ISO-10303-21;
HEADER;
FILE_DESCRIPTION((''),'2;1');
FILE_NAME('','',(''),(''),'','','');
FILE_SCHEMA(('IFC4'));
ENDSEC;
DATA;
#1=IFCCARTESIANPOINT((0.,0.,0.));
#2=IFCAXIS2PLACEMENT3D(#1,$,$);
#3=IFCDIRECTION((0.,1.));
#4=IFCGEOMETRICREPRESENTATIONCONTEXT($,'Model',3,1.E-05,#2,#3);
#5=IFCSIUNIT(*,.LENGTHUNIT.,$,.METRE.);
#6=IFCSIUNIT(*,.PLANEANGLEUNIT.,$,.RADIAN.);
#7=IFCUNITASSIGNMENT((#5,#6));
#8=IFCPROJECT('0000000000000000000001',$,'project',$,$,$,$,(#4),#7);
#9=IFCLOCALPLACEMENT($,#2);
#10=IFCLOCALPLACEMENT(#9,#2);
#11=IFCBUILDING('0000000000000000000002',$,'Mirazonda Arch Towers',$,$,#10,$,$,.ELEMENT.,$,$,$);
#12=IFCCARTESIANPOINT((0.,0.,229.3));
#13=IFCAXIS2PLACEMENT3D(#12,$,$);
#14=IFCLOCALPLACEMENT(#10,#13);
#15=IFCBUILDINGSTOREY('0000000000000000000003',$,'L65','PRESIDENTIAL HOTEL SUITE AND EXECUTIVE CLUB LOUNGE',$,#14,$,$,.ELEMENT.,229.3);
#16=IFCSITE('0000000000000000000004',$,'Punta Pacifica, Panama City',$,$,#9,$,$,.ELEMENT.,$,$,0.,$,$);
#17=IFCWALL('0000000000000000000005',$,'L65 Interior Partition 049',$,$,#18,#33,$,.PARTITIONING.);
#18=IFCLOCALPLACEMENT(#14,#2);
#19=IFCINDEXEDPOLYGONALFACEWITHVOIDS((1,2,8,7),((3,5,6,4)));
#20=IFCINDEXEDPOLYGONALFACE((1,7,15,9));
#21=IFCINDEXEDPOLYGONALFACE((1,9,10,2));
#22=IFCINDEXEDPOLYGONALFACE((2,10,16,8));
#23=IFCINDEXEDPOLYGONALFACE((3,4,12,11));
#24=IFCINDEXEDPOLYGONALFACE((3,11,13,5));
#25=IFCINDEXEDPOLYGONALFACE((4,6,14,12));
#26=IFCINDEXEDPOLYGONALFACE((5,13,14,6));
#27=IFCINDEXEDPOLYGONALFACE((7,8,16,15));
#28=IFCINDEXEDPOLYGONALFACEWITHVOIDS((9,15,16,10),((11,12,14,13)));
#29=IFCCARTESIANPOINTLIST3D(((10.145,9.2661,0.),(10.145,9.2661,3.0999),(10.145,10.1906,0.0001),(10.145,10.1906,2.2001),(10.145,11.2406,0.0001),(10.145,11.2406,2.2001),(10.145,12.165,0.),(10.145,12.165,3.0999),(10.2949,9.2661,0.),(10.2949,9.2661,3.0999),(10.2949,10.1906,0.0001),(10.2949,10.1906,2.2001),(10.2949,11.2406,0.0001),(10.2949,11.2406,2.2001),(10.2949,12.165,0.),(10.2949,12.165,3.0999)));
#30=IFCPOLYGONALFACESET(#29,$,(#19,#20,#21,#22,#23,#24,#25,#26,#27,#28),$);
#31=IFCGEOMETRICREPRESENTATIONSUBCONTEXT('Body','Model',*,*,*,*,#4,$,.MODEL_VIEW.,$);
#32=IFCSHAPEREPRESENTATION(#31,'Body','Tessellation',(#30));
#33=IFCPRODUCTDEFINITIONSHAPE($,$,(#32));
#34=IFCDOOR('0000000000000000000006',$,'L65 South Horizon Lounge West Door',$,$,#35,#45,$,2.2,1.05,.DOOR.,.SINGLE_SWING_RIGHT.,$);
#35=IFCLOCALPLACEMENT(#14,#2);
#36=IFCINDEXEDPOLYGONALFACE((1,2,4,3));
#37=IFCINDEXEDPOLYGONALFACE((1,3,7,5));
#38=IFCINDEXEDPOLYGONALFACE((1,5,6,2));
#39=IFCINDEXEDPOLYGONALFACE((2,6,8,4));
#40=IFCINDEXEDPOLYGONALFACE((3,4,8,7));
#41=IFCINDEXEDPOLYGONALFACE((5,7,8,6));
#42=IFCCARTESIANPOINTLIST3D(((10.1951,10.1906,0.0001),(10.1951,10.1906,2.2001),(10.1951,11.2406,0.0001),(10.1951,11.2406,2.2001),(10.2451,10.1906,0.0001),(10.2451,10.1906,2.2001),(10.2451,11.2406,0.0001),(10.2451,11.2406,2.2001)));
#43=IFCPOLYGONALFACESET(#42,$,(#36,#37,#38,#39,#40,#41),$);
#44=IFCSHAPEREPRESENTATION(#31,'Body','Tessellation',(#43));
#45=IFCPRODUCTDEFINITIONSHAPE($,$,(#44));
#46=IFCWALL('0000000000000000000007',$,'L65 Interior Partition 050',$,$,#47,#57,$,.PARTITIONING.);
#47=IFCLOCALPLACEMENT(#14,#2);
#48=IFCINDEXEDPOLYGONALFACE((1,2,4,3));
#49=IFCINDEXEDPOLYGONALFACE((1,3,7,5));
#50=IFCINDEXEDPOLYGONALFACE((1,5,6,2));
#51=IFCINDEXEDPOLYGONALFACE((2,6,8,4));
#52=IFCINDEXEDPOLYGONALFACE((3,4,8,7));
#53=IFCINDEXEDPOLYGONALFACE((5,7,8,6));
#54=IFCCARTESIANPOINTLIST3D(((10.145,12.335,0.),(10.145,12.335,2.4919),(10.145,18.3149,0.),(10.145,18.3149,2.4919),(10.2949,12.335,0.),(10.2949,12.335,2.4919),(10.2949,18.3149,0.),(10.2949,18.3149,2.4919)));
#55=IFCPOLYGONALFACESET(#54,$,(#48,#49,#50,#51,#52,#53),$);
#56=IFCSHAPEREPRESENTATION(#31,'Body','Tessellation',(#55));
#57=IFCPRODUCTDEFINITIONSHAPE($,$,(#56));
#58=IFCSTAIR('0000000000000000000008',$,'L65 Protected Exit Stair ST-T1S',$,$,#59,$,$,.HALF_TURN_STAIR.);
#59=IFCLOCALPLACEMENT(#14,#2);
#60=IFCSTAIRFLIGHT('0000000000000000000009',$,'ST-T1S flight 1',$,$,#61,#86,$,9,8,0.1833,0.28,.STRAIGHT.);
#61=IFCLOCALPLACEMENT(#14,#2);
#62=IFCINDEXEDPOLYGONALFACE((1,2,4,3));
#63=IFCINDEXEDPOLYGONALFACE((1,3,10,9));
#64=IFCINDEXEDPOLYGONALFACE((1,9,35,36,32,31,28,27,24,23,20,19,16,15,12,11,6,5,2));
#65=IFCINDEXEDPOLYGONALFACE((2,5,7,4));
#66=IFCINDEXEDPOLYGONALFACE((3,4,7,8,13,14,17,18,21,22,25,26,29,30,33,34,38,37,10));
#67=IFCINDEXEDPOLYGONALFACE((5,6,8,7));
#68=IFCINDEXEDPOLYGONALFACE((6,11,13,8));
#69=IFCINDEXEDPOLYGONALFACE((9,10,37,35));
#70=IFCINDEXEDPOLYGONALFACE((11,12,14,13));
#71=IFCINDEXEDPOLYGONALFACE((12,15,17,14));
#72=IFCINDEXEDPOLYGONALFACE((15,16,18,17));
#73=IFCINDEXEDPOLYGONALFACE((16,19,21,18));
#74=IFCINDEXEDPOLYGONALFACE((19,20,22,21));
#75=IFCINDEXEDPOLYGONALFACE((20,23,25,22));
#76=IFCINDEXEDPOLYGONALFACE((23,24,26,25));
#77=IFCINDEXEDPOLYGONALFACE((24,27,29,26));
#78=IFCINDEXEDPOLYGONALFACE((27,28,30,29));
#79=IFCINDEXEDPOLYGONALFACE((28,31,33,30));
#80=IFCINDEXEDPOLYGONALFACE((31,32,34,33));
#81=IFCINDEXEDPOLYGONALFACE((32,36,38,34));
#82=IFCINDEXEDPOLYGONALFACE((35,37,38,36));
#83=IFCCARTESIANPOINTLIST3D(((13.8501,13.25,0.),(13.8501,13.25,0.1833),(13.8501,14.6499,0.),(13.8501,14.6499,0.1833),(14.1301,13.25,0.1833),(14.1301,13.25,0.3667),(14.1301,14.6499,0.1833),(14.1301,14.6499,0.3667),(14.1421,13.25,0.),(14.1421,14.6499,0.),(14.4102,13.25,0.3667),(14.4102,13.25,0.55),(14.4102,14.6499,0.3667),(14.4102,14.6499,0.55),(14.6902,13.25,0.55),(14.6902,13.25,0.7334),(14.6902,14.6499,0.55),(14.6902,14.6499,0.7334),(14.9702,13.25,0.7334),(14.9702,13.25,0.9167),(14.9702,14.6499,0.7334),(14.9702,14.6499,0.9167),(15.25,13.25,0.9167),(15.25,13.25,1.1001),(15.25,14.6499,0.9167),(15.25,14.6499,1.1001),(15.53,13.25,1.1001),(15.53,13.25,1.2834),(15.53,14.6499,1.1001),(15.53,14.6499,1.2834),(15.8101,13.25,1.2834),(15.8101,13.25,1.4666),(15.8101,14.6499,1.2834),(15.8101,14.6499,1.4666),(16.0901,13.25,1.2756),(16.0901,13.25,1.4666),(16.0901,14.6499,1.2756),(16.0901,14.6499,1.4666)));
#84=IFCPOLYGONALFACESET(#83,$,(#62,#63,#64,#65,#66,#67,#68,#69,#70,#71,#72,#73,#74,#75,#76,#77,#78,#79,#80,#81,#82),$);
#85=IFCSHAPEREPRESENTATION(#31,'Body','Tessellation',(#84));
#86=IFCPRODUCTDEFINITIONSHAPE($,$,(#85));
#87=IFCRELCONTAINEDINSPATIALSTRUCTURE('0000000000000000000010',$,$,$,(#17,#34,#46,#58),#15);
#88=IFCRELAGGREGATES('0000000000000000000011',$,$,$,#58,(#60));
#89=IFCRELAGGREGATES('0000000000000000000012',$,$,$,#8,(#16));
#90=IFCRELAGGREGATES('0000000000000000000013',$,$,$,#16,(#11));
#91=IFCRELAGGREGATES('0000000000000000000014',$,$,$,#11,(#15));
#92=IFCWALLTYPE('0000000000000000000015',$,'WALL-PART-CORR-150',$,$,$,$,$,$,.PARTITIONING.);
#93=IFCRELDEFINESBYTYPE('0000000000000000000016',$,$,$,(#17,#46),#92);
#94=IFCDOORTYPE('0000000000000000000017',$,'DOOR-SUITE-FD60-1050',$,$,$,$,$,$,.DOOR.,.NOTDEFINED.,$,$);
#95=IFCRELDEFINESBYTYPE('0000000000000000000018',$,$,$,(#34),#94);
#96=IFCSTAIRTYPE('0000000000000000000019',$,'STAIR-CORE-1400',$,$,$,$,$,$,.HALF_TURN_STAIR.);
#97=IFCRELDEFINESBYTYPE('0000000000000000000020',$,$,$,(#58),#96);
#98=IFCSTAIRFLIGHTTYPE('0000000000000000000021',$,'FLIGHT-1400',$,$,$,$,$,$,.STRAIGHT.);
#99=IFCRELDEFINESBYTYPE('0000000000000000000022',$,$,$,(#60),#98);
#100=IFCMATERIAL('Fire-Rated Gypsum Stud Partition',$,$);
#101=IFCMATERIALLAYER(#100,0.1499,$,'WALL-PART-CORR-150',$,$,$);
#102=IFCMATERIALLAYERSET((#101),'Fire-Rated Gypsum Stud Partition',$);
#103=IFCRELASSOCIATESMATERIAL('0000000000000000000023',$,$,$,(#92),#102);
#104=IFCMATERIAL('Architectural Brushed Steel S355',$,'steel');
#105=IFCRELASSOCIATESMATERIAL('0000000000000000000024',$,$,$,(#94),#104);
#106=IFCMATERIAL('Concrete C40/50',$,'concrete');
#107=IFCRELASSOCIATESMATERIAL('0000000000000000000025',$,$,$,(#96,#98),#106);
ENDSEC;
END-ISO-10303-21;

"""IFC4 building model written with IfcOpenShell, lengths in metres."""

from ifc_helpers import new_model, si_unit, direction, frame, frame_2d, origin, place, context, subcontext, project, spatial, polyline, rectangle, outline, extrude, material, layer, layer_set, type_object, element, fill, aggregate, save


model = new_model("IFC4")

# Units and contexts
model_context = context("Model", 3, precision=1e-05, world=origin(), true_north=direction((0.0, 1.0)))
body_context = subcontext(model_context, "Body", "Model", "MODEL_VIEW")
ifc_project = project(units=[si_unit("LENGTHUNIT", "METRE"), si_unit("PLANEANGLEUNIT", "RADIAN")], contexts=[model_context])

# Site, building, storey
site_placement = place(None, origin())
site = spatial("IfcSite", under=ifc_project, at=site_placement, Name="Punta Pacifica, Panama City", CompositionType="ELEMENT", RefElevation=0.0)
building_placement = place(site_placement, origin())
building = spatial("IfcBuilding", under=site, at=building_placement, Name="Mirazonda Arch Towers", CompositionType="ELEMENT")
storey_placement = place(building_placement, frame((0.0, 0.0, 229.3)))
storey = spatial("IfcBuildingStorey", under=building, at=storey_placement, Name="L65", Description="PRESIDENTIAL HOTEL SUITE AND EXECUTIVE CLUB LOUNGE", CompositionType="ELEMENT", Elevation=229.3)

# Shared definitions
ifc_material_1 = material(Name="Fire-Rated Gypsum Stud Partition")
ifc_layer_1 = layer(ifc_material_1, 0.1499, Name="WALL-PART-CORR-150")
ifc_layer_set_1 = layer_set([ifc_layer_1], Name="Fire-Rated Gypsum Stud Partition")
wall_type_1 = type_object("IfcWallType", Name="WALL-PART-CORR-150", PredefinedType="PARTITIONING", material=ifc_layer_set_1)

# Wall, opening, door
wall_1_placement = place(storey_placement, frame((10.22, 9.2661, 0.0), z_axis=(0.0, 0.0, 1.0), x_axis=(0.0, 1.0, 0.0)))
wall_1 = element("IfcWall", 1, at=wall_1_placement, inside=storey, type_object=wall_type_1, Name="L65 Interior Partition 049", PredefinedType="PARTITIONING", context=body_context, shape_type="SweptSolid", body=[
    extrude(rectangle(XDim=2.8989, YDim=0.1499, at=frame_2d((1.4495, 0.0))), origin(), (0.0, 0.0, 1.0), 3.0999),
])
opening_placement = place(wall_1_placement, frame((0.9246, 0.0, 0.0)))
opening = element("IfcOpeningElement", 2, at=opening_placement, cuts=wall_1, PredefinedType="OPENING", context=body_context, shape_type="SweptSolid", body=[
    extrude(rectangle(XDim=1.05, YDim=2.2, at=frame_2d((0.5249, 1.1001))), frame((0.0, 0.085, 0.0), z_axis=(0.0, -1.0, 0.0), x_axis=(1.0, 0.0, 0.0)), (0.0, 0.0, 1.0), 0.1699),
])
ifc_material_2 = material(Name="Architectural Brushed Steel S355", Category="steel")
door_type = type_object("IfcDoorType", Name="DOOR-SUITE-FD60-1050", OperationType="NOTDEFINED", PredefinedType="DOOR", material=ifc_material_2)
door_placement = place(opening_placement, origin())
door = element("IfcDoor", 3, at=door_placement, inside=storey, type_object=door_type, Name="L65 South Horizon Lounge West Door", OperationType="SINGLE_SWING_RIGHT", OverallHeight=2.2, OverallWidth=1.05, PredefinedType="DOOR", context=body_context, shape_type="SweptSolid", body=[
    extrude(rectangle(XDim=1.05, YDim=2.2, at=frame_2d((0.5249, 1.1001))), frame((0.0, 0.0249, 0.0), z_axis=(0.0, -1.0, 0.0), x_axis=(1.0, 0.0, 0.0)), (0.0, 0.0, 1.0), 0.05),
])
fill(opening, door)

# Wall
wall_2_placement = place(storey_placement, frame((10.22, 12.335, 0.0), z_axis=(0.0, 0.0, 1.0), x_axis=(0.0, 1.0, 0.0)))
element("IfcWall", 4, at=wall_2_placement, inside=storey, type_object=wall_type_1, Name="L65 Interior Partition 050", PredefinedType="PARTITIONING", context=body_context, shape_type="SweptSolid", body=[
    extrude(rectangle(XDim=5.98, YDim=0.1499, at=frame_2d((2.99, 0.0))), origin(), (0.0, 0.0, 1.0), 2.4919),
])

# Stair, stair flight
ifc_material_3 = material(Name="Concrete C40/50", Category="concrete")
stair_type = type_object("IfcStairType", Name="STAIR-CORE-1400", PredefinedType="HALF_TURN_STAIR", material=ifc_material_3)
stair_placement = place(storey_placement, origin())
stair = element("IfcStair", 5, at=stair_placement, inside=storey, type_object=stair_type, Name="L65 Protected Exit Stair ST-T1S", PredefinedType="HALF_TURN_STAIR")
stair_flight_type = type_object("IfcStairFlightType", Name="FLIGHT-1400", PredefinedType="STRAIGHT", material=ifc_material_3)
stair_flight_placement = place(storey_placement, frame((13.8501, 13.95, 0.0), z_axis=(0.0, 0.0, 1.0), x_axis=(1.0, 0.0, 0.0)))
stair_flight = element("IfcStairFlight", 6, at=stair_flight_placement, type_object=stair_flight_type, Name="ST-T1S flight 1", NumberOfRisers=9, NumberOfTreads=8, PredefinedType="STRAIGHT", RiserHeight=0.1833, TreadLength=0.28, context=body_context, shape_type="SweptSolid", body=[
    extrude(outline(polyline([(0.0, 0.0), (0.0, 0.1833), (0.28, 0.1833), (0.28, 0.3667), (0.5601, 0.3667), (0.5601, 0.55), (0.8401, 0.55), (0.8401, 0.7334), (1.1201, 0.7334), (1.1201, 0.9167), (1.3999, 0.9167), (1.3999, 1.1001), (1.6799, 1.1001), (1.6799, 1.2834), (1.96, 1.2834), (1.96, 1.4666), (2.24, 1.4666), (2.24, 1.6499), (2.24, 1.2756), (0.292, 0.0), (0.0, 0.0)])), frame((0.0, 0.7, 0.0), z_axis=(0.0, -1.0, 0.0), x_axis=(1.0, 0.0, 0.0)), (0.0, 0.0, 1.0), 1.3999),
])
aggregate(stair, [stair_flight])

save(model, "model.ifc")
